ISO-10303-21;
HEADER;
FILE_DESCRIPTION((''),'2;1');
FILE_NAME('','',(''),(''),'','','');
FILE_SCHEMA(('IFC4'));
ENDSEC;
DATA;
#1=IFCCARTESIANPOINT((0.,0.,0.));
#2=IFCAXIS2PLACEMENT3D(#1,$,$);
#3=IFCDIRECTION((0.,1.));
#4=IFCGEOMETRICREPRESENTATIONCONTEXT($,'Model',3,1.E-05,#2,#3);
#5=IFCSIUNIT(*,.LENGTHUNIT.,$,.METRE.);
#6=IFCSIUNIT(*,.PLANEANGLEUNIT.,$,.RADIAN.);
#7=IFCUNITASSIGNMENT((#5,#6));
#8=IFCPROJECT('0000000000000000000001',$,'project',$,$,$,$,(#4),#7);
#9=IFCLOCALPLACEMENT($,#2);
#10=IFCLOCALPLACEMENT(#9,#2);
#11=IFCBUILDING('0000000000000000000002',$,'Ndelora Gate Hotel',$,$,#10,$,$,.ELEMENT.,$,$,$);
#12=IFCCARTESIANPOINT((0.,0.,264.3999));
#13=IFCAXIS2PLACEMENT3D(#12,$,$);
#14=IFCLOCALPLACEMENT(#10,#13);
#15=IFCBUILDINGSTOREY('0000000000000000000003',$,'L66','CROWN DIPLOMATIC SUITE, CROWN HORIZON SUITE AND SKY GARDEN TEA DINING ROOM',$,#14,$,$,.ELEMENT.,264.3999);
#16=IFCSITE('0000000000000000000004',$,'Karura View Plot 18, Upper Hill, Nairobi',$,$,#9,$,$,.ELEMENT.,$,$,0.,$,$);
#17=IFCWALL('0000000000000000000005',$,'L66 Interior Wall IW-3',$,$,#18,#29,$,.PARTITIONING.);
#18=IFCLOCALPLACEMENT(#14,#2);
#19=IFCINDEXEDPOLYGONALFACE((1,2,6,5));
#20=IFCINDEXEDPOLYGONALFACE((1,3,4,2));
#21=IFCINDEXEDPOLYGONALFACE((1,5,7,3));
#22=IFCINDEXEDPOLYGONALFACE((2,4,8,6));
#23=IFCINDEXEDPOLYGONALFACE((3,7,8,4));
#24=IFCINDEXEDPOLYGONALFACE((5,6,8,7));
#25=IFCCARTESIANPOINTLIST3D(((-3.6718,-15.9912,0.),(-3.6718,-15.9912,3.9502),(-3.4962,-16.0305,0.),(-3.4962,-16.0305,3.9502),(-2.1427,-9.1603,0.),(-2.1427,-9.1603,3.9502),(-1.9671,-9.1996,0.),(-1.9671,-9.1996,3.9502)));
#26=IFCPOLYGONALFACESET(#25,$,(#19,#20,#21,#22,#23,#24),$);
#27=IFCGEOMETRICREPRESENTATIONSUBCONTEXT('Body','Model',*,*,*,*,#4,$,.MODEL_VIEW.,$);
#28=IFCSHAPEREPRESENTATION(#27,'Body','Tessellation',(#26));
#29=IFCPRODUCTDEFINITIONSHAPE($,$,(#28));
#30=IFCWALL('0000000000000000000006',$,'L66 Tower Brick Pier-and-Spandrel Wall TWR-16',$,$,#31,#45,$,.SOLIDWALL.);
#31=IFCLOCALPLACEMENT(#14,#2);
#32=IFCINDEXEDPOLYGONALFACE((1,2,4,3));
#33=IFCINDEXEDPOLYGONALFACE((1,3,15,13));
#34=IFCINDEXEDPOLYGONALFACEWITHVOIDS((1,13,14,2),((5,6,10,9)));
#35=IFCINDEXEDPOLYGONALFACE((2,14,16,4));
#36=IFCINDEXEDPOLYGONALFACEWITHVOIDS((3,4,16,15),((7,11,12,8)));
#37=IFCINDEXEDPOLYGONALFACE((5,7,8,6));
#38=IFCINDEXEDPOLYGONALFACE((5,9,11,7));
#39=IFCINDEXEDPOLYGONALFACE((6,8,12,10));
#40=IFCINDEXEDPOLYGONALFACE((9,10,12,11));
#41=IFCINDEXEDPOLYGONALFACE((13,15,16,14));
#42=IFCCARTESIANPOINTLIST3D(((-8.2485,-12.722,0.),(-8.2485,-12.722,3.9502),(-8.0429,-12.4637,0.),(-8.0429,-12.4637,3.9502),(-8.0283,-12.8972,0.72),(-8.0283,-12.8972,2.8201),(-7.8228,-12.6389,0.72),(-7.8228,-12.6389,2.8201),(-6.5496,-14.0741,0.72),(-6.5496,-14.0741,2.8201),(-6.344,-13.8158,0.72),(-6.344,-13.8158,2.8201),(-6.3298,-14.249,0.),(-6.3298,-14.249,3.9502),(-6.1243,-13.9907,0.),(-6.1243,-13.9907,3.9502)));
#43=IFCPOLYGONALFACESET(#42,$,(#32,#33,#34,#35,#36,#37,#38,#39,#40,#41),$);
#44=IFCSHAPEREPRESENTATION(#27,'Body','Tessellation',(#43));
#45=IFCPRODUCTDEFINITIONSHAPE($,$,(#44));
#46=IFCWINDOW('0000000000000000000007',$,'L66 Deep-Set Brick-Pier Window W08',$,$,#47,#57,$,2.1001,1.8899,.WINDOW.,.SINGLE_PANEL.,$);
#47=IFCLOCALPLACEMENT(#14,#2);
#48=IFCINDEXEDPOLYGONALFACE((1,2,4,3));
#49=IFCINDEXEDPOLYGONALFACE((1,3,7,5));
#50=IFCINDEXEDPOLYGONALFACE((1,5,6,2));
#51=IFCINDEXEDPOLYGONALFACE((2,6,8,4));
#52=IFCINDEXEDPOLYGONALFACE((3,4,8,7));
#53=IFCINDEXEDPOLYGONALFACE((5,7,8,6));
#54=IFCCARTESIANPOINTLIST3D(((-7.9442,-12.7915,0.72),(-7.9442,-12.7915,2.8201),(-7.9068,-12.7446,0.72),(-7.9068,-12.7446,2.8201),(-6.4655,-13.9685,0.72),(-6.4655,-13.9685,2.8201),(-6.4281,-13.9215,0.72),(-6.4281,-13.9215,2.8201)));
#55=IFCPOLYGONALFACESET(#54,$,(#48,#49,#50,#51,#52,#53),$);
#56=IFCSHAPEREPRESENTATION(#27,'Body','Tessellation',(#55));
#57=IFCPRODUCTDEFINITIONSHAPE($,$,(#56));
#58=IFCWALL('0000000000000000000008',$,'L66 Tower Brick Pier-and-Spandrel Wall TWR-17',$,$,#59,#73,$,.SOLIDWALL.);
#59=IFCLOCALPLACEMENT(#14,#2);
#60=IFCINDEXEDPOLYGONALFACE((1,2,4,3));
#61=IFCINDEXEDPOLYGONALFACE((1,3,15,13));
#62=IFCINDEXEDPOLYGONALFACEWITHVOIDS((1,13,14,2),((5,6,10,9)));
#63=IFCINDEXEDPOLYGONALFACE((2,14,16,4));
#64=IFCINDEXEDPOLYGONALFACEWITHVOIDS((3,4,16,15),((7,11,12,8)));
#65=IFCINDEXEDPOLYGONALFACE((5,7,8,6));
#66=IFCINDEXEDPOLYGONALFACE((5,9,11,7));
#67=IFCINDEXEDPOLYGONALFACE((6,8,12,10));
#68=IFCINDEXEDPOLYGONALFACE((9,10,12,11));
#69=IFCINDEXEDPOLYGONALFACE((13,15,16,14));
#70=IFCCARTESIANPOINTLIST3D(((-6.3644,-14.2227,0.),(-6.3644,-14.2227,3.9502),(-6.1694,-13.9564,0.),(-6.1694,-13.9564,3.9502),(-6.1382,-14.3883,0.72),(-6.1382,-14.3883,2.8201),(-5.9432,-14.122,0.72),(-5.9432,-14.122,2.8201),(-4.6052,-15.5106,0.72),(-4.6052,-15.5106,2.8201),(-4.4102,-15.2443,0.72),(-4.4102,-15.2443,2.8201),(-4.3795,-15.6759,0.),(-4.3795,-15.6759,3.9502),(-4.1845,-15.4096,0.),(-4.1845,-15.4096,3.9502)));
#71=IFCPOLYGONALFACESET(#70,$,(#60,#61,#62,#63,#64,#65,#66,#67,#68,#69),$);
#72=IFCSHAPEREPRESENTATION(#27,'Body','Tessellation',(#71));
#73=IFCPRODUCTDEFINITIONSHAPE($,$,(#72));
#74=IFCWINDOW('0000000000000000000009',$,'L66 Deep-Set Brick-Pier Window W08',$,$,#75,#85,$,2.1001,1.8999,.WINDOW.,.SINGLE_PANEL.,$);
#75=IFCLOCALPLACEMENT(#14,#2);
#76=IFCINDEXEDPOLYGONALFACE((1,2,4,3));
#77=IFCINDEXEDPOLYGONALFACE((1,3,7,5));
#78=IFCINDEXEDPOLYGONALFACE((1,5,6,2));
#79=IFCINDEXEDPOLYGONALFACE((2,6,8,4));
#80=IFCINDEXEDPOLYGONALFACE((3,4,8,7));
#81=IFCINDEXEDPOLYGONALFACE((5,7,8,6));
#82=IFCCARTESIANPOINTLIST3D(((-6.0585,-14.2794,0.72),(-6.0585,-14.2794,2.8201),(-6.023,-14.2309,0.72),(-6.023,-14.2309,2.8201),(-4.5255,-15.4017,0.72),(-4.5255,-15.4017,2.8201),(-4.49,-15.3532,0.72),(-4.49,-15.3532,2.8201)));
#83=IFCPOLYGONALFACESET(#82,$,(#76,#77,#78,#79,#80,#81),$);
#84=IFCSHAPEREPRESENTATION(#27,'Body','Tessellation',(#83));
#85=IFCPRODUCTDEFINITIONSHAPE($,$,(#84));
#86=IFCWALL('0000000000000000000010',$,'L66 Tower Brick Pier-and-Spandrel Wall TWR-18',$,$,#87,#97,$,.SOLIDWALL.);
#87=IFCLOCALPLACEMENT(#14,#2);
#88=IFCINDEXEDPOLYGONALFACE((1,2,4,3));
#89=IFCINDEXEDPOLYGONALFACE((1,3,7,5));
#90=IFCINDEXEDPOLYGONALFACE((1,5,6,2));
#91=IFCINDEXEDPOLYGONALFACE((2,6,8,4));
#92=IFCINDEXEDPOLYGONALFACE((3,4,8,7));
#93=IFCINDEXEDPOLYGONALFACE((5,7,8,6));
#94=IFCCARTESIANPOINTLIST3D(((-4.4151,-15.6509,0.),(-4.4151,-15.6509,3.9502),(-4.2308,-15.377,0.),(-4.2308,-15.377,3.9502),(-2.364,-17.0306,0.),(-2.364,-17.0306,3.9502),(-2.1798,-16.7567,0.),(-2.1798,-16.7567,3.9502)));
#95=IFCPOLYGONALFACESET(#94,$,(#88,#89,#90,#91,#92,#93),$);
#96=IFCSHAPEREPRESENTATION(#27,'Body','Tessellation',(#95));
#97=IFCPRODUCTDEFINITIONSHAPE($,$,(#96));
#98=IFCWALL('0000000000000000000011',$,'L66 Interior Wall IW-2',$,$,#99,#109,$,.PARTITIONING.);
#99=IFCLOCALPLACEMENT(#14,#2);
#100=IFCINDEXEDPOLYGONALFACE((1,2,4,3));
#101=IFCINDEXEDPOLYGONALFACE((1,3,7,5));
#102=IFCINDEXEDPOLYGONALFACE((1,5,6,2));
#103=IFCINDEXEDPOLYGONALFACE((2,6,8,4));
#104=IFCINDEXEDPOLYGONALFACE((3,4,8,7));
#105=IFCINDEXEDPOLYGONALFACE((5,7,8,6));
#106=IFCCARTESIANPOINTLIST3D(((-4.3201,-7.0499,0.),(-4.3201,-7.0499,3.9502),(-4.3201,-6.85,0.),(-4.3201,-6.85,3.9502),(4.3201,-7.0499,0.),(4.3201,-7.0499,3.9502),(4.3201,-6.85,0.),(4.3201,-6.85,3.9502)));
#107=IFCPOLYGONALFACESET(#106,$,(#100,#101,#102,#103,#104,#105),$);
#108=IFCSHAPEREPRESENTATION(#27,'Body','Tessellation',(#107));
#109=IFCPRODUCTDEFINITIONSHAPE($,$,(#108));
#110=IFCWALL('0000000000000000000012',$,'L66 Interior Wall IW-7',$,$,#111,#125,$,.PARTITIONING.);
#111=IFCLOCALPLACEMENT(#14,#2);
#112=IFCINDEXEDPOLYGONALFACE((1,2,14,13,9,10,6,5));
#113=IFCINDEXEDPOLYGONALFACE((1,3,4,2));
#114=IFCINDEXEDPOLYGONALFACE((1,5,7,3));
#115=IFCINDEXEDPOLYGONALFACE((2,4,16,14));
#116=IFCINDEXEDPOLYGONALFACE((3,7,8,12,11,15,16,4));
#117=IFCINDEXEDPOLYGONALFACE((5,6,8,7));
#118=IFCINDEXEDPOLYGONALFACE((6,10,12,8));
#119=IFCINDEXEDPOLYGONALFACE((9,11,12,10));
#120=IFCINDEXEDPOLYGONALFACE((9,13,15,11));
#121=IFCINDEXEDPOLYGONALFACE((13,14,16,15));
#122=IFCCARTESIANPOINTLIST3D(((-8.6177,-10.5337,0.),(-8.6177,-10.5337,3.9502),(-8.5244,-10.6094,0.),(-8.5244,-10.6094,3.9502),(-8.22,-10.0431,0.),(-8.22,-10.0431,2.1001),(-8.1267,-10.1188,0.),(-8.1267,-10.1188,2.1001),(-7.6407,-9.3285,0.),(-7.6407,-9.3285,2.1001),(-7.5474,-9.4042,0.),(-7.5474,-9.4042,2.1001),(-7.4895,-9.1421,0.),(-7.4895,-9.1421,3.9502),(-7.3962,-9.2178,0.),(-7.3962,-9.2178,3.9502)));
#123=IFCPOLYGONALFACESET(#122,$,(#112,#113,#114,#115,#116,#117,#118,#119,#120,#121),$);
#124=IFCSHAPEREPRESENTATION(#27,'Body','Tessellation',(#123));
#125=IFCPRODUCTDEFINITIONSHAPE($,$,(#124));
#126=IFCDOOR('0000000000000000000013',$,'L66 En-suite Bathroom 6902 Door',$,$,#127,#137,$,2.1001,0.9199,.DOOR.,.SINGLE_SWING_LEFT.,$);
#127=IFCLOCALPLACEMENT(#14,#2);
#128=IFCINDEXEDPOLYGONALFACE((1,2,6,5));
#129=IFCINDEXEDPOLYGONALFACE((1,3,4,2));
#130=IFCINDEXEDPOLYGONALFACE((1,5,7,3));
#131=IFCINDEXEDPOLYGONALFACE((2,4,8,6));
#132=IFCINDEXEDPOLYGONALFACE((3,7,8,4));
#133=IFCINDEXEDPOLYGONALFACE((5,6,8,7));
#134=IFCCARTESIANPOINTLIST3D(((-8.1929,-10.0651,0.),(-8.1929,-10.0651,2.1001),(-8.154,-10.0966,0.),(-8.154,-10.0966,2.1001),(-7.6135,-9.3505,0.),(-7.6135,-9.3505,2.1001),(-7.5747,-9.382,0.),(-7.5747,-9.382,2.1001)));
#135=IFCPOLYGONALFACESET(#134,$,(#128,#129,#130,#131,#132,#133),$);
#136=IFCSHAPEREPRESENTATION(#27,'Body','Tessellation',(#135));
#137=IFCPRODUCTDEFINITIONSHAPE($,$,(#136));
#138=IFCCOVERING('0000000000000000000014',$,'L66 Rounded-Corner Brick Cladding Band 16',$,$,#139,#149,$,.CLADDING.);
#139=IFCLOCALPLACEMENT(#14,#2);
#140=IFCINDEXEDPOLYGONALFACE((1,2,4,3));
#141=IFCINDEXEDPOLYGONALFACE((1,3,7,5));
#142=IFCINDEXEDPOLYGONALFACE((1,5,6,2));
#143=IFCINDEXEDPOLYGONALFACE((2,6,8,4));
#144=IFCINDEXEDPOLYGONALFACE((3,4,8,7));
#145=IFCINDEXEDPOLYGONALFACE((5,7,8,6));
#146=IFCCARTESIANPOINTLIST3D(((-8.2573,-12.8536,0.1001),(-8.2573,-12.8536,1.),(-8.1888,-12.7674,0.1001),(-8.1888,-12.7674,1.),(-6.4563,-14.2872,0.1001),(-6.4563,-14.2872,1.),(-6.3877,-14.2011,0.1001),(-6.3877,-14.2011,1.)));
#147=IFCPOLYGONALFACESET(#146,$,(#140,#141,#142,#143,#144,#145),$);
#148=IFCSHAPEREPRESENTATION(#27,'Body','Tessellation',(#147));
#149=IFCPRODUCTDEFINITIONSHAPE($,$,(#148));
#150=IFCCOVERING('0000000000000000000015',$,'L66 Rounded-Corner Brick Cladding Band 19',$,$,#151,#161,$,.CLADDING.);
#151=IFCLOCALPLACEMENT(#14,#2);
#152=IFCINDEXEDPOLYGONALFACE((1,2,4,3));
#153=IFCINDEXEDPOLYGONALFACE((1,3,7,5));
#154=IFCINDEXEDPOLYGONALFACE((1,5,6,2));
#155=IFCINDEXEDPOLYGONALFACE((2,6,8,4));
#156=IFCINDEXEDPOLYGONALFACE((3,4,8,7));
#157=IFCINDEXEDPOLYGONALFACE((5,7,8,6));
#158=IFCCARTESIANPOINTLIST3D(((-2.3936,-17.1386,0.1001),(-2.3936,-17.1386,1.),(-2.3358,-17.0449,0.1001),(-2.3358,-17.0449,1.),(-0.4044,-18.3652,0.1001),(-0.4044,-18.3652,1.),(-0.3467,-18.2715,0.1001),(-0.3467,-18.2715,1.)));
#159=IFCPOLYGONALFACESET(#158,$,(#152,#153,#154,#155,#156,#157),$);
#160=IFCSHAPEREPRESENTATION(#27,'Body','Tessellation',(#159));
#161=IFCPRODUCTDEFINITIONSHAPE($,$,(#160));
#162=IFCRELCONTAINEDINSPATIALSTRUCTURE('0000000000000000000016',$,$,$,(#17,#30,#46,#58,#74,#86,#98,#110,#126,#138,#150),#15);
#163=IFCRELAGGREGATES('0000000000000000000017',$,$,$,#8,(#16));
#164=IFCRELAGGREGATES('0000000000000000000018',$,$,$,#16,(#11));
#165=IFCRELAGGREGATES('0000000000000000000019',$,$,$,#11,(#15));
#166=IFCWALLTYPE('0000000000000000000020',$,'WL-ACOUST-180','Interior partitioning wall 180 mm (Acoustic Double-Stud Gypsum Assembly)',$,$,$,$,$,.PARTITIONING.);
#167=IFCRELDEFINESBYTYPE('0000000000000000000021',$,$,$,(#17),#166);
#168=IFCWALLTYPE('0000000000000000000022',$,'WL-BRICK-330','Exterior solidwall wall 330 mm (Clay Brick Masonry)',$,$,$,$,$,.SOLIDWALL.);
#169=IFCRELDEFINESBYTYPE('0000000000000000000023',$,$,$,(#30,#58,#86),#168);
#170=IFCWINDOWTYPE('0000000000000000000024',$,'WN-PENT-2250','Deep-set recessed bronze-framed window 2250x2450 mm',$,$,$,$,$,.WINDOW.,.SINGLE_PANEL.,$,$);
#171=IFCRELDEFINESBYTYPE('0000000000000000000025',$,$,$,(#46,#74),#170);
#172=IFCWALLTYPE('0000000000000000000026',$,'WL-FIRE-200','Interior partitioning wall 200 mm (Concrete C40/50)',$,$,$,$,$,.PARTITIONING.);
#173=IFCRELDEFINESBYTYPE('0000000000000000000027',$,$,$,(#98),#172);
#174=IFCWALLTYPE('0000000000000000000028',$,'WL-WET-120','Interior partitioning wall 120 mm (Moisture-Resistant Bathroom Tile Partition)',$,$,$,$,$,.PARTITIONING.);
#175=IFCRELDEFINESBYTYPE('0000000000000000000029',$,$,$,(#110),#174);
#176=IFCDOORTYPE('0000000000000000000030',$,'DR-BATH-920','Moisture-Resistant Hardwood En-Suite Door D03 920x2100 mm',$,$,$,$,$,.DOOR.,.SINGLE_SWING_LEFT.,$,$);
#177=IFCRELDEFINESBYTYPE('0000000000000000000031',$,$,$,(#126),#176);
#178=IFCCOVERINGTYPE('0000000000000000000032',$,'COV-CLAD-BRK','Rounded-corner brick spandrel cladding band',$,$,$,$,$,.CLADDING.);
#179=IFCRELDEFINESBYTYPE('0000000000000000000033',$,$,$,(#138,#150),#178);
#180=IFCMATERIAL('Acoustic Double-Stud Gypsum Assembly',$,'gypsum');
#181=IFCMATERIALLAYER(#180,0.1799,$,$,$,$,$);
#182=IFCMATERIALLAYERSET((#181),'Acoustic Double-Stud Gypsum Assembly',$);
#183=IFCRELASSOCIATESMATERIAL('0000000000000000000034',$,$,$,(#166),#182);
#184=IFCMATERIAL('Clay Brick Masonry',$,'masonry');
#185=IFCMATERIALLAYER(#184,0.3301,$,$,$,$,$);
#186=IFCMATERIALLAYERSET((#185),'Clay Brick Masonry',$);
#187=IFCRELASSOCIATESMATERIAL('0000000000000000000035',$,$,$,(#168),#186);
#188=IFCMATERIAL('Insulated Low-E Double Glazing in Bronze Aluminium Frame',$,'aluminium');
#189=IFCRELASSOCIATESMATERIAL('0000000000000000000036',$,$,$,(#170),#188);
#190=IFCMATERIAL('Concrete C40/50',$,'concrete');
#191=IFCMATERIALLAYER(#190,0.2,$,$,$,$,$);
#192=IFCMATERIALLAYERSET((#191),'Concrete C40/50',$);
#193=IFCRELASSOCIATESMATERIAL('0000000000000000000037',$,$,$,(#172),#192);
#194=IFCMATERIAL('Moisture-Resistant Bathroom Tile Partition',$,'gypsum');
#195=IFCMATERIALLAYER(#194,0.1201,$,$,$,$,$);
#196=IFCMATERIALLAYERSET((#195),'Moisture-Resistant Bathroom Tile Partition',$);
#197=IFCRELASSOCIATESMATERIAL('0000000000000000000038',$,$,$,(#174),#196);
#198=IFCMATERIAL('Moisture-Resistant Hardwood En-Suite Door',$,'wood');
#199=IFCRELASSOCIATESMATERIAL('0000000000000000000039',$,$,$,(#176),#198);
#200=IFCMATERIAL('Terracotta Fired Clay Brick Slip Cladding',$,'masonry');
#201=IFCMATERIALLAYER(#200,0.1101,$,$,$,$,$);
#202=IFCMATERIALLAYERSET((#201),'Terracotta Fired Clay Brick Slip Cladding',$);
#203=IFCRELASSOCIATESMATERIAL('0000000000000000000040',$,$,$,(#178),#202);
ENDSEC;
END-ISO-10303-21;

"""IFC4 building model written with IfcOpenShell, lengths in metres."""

from ifc_helpers import new_model, si_unit, direction, frame, frame_2d, origin, origin_2d, place, context, subcontext, project, spatial, rectangle, extrude, material, layer, layer_set, type_object, element, fill, save


model = new_model("IFC4")

# Units and contexts
model_context = context("Model", 3, precision=1e-05, world=origin(), true_north=direction((0.0, 1.0)))
body_context = subcontext(model_context, "Body", "Model", "MODEL_VIEW")
ifc_project = project(units=[si_unit("LENGTHUNIT", "METRE"), si_unit("PLANEANGLEUNIT", "RADIAN")], contexts=[model_context])

# Site, building, storey
site_placement = place(None, origin())
site = spatial("IfcSite", under=ifc_project, at=site_placement, Name="Karura View Plot 18, Upper Hill, Nairobi", CompositionType="ELEMENT", RefElevation=0.0)
building_placement = place(site_placement, origin())
building = spatial("IfcBuilding", under=site, at=building_placement, Name="Ndelora Gate Hotel", CompositionType="ELEMENT")
storey_placement = place(building_placement, frame((0.0, 0.0, 264.3999)))
storey = spatial("IfcBuildingStorey", under=building, at=storey_placement, Name="L66", Description="CROWN DIPLOMATIC SUITE, CROWN HORIZON SUITE AND SKY GARDEN TEA DINING ROOM", CompositionType="ELEMENT", Elevation=264.3999)

# Wall
ifc_material_1 = material(Name="Acoustic Double-Stud Gypsum Assembly", Category="gypsum")
ifc_layer_1 = layer(ifc_material_1, 0.1799)
ifc_layer_set_1 = layer_set([ifc_layer_1], Name="Acoustic Double-Stud Gypsum Assembly")
wall_type_1 = type_object("IfcWallType", Name="WL-ACOUST-180", Description="Interior partitioning wall 180 mm (Acoustic Double-Stud Gypsum Assembly)", PredefinedType="PARTITIONING", material=ifc_layer_set_1)
wall_1_placement = place(storey_placement, frame((-2.0549, -9.1799, 0.0), z_axis=(0.0, 0.0, 1.0), x_axis=(-0.218433, -0.975852, 0.0)))
element("IfcWall", 1, at=wall_1_placement, inside=storey, type_object=wall_type_1, Name="L66 Interior Wall IW-3", PredefinedType="PARTITIONING", context=body_context, shape_type="SweptSolid", body=[
    extrude(rectangle(XDim=7.0, YDim=0.1799, at=frame_2d((3.5, 0.0))), origin(), (0.0, 0.0, 1.0), 3.9502),
])

# Walls, openings, windows
ifc_material_2 = material(Name="Clay Brick Masonry", Category="masonry")
ifc_layer_2 = layer(ifc_material_2, 0.3301)
ifc_layer_set_2 = layer_set([ifc_layer_2], Name="Clay Brick Masonry")
wall_type_2 = type_object("IfcWallType", Name="WL-BRICK-330", Description="Exterior solidwall wall 330 mm (Clay Brick Masonry)", PredefinedType="SOLIDWALL", material=ifc_layer_set_2)
wall_2_placement = place(storey_placement, frame((-6.2271, -14.1199, 0.0), z_axis=(0.0, 0.0, 1.0), x_axis=(-0.78243, 0.622738, 0.0)))
wall_2 = element("IfcWall", 2, at=wall_2_placement, inside=storey, type_object=wall_type_2, Name="L66 Tower Brick Pier-and-Spandrel Wall TWR-16", PredefinedType="SOLIDWALL", context=body_context, shape_type="SweptSolid", body=[
    extrude(rectangle(XDim=2.4521, YDim=0.3301, at=frame_2d((1.2261, 0.0))), origin(), (0.0, 0.0, 1.0), 3.9502),
])
opening_1_placement = place(wall_2_placement, frame((0.281, 0.0, 0.72)))
opening_1 = element("IfcOpeningElement", 3, at=opening_1_placement, cuts=wall_2, PredefinedType="OPENING", context=body_context, shape_type="SweptSolid", body=[
    extrude(rectangle(XDim=1.8899, YDim=2.1001, at=frame_2d((0.9448, 1.05))), frame((0.0, 0.175, 0.0), z_axis=(0.0, -1.0, 0.0), x_axis=(1.0, 0.0, 0.0)), (0.0, 0.0, 1.0), 0.3501),
])
ifc_material_3 = material(Name="Insulated Low-E Double Glazing in Bronze Aluminium Frame", Category="aluminium")
window_type = type_object("IfcWindowType", Name="WN-PENT-2250", Description="Deep-set recessed bronze-framed window 2250x2450 mm", PartitioningType="SINGLE_PANEL", PredefinedType="WINDOW", material=ifc_material_3)
window_1_placement = place(opening_1_placement, origin())
window_1 = element("IfcWindow", 4, at=window_1_placement, inside=storey, type_object=window_type, Name="L66 Deep-Set Brick-Pier Window W08", OverallHeight=2.1001, OverallWidth=1.8899, PartitioningType="SINGLE_PANEL", PredefinedType="WINDOW", context=body_context, shape_type="SweptSolid", body=[
    extrude(rectangle(XDim=1.8899, YDim=2.1001, at=frame_2d((0.9448, 1.05))), frame((0.0, 0.03, 0.0), z_axis=(0.0, -1.0, 0.0), x_axis=(1.0, 0.0, 0.0)), (0.0, 0.0, 1.0), 0.0601),
])
fill(opening_1, window_1)
wall_3_placement = place(storey_placement, frame((-4.282, -15.5427, 0.0), z_axis=(0.0, 0.0, 1.0), x_axis=(-0.806878, 0.590718, 0.0)))
wall_3 = element("IfcWall", 5, at=wall_3_placement, inside=storey, type_object=wall_type_2, Name="L66 Tower Brick Pier-and-Spandrel Wall TWR-17", PredefinedType="SOLIDWALL", context=body_context, shape_type="SweptSolid", body=[
    extrude(rectangle(XDim=2.46, YDim=0.3301, at=frame_2d((1.23, 0.0))), origin(), (0.0, 0.0, 1.0), 3.9502),
])
opening_2_placement = place(wall_3_placement, frame((0.2798, 0.0, 0.72)))
opening_2 = element("IfcOpeningElement", 6, at=opening_2_placement, cuts=wall_3, PredefinedType="OPENING", context=body_context, shape_type="SweptSolid", body=[
    extrude(rectangle(XDim=1.8999, YDim=2.1001, at=frame_2d((0.95, 1.05))), frame((0.0, 0.175, 0.0), z_axis=(0.0, -1.0, 0.0), x_axis=(1.0, 0.0, 0.0)), (0.0, 0.0, 1.0), 0.3501),
])
window_2_placement = place(opening_2_placement, origin())
window_2 = element("IfcWindow", 7, at=window_2_placement, inside=storey, type_object=window_type, Name="L66 Deep-Set Brick-Pier Window W08", OverallHeight=2.1001, OverallWidth=1.8999, PartitioningType="SINGLE_PANEL", PredefinedType="WINDOW", context=body_context, shape_type="SweptSolid", body=[
    extrude(rectangle(XDim=1.8999, YDim=2.1001, at=frame_2d((0.95, 1.05))), frame((0.0, 0.03, 0.0), z_axis=(0.0, -1.0, 0.0), x_axis=(1.0, 0.0, 0.0)), (0.0, 0.0, 1.0), 0.0601),
])
fill(opening_2, window_2)

# Walls
wall_4_placement = place(storey_placement, frame((-2.272, -16.8936, 0.0), z_axis=(0.0, 0.0, 1.0), x_axis=(-0.829749, 0.558137, 0.0)))
element("IfcWall", 8, at=wall_4_placement, inside=storey, type_object=wall_type_2, Name="L66 Tower Brick Pier-and-Spandrel Wall TWR-18", PredefinedType="SOLIDWALL", context=body_context, shape_type="SweptSolid", body=[
    extrude(rectangle(XDim=2.4719, YDim=0.3301, at=frame_2d((1.2358, 0.0))), origin(), (0.0, 0.0, 1.0), 3.9502),
])
ifc_material_4 = material(Name="Concrete C40/50", Category="concrete")
ifc_layer_3 = layer(ifc_material_4, 0.2)
ifc_layer_set_3 = layer_set([ifc_layer_3], Name="Concrete C40/50")
wall_type_3 = type_object("IfcWallType", Name="WL-FIRE-200", Description="Interior partitioning wall 200 mm (Concrete C40/50)", PredefinedType="PARTITIONING", material=ifc_layer_set_3)
wall_5_placement = place(storey_placement, frame((-4.3201, -6.95, 0.0), z_axis=(0.0, 0.0, 1.0), x_axis=(1.0, 0.0, 0.0)))
element("IfcWall", 9, at=wall_5_placement, inside=storey, type_object=wall_type_3, Name="L66 Interior Wall IW-2", PredefinedType="PARTITIONING", context=body_context, shape_type="SweptSolid", body=[
    extrude(rectangle(XDim=8.6401, YDim=0.2, at=frame_2d((4.3201, 0.0))), origin(), (0.0, 0.0, 1.0), 3.9502),
])

# Wall, opening, door
ifc_material_5 = material(Name="Moisture-Resistant Bathroom Tile Partition", Category="gypsum")
ifc_layer_4 = layer(ifc_material_5, 0.1201)
ifc_layer_set_4 = layer_set([ifc_layer_4], Name="Moisture-Resistant Bathroom Tile Partition")
wall_type_4 = type_object("IfcWallType", Name="WL-WET-120", Description="Interior partitioning wall 120 mm (Moisture-Resistant Bathroom Tile Partition)", PredefinedType="PARTITIONING", material=ifc_layer_set_4)
wall_6_placement = place(storey_placement, frame((-7.4429, -9.1799, 0.0), z_axis=(0.0, 0.0, 1.0), x_axis=(-0.629751, -0.776797, 0.0)))
wall_6 = element("IfcWall", 10, at=wall_6_placement, inside=storey, type_object=wall_type_4, Name="L66 Interior Wall IW-7", PredefinedType="PARTITIONING", context=body_context, shape_type="SweptSolid", body=[
    extrude(rectangle(XDim=1.7915, YDim=0.1201, at=frame_2d((0.8958, 0.0))), origin(), (0.0, 0.0, 1.0), 3.9502),
])
opening_3_placement = place(wall_6_placement, frame((0.24, 0.0, 0.0)))
opening_3 = element("IfcOpeningElement", 11, at=opening_3_placement, cuts=wall_6, PredefinedType="OPENING", context=body_context, shape_type="SweptSolid", body=[
    extrude(rectangle(XDim=0.9199, YDim=2.1001, at=frame_2d((0.46, 1.05))), frame((0.0, 0.0701, 0.0), z_axis=(0.0, -1.0, 0.0), x_axis=(1.0, 0.0, 0.0)), (0.0, 0.0, 1.0), 0.1401),
])
ifc_material_6 = material(Name="Moisture-Resistant Hardwood En-Suite Door", Category="wood")
door_type = type_object("IfcDoorType", Name="DR-BATH-920", Description="Moisture-Resistant Hardwood En-Suite Door D03 920x2100 mm", OperationType="SINGLE_SWING_LEFT", PredefinedType="DOOR", material=ifc_material_6)
door_placement = place(opening_3_placement, origin())
door = element("IfcDoor", 12, at=door_placement, inside=storey, type_object=door_type, Name="L66 En-suite Bathroom 6902 Door", OperationType="SINGLE_SWING_LEFT", OverallHeight=2.1001, OverallWidth=0.9199, PredefinedType="DOOR", context=body_context, shape_type="SweptSolid", body=[
    extrude(rectangle(XDim=0.9199, YDim=2.1001, at=frame_2d((0.46, 1.05))), frame((0.0, 0.0249, 0.0), z_axis=(0.0, -1.0, 0.0), x_axis=(1.0, 0.0, 0.0)), (0.0, 0.0, 1.0), 0.05),
])
fill(opening_3, door)

# Coverings
ifc_material_7 = material(Name="Terracotta Fired Clay Brick Slip Cladding", Category="masonry")
ifc_layer_5 = layer(ifc_material_7, 0.1101)
ifc_layer_set_5 = layer_set([ifc_layer_5], Name="Terracotta Fired Clay Brick Slip Cladding")
covering_type_1 = type_object("IfcCoveringType", Name="COV-CLAD-BRK", Description="Rounded-corner brick spandrel cladding band", PredefinedType="CLADDING", material=ifc_layer_set_5)
covering_1_placement = place(storey_placement, frame((-7.3225, -13.5273, 0.1001), z_axis=(0.0, 0.0, 1.0), x_axis=(-0.782391, 0.622788, 0.0)))
element("IfcCovering", 13, at=covering_1_placement, inside=storey, type_object=covering_type_1, Name="L66 Rounded-Corner Brick Cladding Band 16", PredefinedType="CLADDING", context=body_context, shape_type="SweptSolid", body=[
    extrude(rectangle(XDim=2.302, YDim=0.1101, at=origin_2d()), origin(), (0.0, 0.0, 1.0), 0.8999),
])
covering_2_placement = place(storey_placement, frame((-1.3701, -17.7051, 0.1001), z_axis=(0.0, 0.0, 1.0), x_axis=(-0.851178, 0.524878, 0.0)))
element("IfcCovering", 14, at=covering_2_placement, inside=storey, type_object=covering_type_1, Name="L66 Rounded-Corner Brick Cladding Band 19", PredefinedType="CLADDING", context=body_context, shape_type="SweptSolid", body=[
    extrude(rectangle(XDim=2.3369, YDim=0.1101, at=origin_2d()), origin(), (0.0, 0.0, 1.0), 0.8999),
])

save(model, "model.ifc")
